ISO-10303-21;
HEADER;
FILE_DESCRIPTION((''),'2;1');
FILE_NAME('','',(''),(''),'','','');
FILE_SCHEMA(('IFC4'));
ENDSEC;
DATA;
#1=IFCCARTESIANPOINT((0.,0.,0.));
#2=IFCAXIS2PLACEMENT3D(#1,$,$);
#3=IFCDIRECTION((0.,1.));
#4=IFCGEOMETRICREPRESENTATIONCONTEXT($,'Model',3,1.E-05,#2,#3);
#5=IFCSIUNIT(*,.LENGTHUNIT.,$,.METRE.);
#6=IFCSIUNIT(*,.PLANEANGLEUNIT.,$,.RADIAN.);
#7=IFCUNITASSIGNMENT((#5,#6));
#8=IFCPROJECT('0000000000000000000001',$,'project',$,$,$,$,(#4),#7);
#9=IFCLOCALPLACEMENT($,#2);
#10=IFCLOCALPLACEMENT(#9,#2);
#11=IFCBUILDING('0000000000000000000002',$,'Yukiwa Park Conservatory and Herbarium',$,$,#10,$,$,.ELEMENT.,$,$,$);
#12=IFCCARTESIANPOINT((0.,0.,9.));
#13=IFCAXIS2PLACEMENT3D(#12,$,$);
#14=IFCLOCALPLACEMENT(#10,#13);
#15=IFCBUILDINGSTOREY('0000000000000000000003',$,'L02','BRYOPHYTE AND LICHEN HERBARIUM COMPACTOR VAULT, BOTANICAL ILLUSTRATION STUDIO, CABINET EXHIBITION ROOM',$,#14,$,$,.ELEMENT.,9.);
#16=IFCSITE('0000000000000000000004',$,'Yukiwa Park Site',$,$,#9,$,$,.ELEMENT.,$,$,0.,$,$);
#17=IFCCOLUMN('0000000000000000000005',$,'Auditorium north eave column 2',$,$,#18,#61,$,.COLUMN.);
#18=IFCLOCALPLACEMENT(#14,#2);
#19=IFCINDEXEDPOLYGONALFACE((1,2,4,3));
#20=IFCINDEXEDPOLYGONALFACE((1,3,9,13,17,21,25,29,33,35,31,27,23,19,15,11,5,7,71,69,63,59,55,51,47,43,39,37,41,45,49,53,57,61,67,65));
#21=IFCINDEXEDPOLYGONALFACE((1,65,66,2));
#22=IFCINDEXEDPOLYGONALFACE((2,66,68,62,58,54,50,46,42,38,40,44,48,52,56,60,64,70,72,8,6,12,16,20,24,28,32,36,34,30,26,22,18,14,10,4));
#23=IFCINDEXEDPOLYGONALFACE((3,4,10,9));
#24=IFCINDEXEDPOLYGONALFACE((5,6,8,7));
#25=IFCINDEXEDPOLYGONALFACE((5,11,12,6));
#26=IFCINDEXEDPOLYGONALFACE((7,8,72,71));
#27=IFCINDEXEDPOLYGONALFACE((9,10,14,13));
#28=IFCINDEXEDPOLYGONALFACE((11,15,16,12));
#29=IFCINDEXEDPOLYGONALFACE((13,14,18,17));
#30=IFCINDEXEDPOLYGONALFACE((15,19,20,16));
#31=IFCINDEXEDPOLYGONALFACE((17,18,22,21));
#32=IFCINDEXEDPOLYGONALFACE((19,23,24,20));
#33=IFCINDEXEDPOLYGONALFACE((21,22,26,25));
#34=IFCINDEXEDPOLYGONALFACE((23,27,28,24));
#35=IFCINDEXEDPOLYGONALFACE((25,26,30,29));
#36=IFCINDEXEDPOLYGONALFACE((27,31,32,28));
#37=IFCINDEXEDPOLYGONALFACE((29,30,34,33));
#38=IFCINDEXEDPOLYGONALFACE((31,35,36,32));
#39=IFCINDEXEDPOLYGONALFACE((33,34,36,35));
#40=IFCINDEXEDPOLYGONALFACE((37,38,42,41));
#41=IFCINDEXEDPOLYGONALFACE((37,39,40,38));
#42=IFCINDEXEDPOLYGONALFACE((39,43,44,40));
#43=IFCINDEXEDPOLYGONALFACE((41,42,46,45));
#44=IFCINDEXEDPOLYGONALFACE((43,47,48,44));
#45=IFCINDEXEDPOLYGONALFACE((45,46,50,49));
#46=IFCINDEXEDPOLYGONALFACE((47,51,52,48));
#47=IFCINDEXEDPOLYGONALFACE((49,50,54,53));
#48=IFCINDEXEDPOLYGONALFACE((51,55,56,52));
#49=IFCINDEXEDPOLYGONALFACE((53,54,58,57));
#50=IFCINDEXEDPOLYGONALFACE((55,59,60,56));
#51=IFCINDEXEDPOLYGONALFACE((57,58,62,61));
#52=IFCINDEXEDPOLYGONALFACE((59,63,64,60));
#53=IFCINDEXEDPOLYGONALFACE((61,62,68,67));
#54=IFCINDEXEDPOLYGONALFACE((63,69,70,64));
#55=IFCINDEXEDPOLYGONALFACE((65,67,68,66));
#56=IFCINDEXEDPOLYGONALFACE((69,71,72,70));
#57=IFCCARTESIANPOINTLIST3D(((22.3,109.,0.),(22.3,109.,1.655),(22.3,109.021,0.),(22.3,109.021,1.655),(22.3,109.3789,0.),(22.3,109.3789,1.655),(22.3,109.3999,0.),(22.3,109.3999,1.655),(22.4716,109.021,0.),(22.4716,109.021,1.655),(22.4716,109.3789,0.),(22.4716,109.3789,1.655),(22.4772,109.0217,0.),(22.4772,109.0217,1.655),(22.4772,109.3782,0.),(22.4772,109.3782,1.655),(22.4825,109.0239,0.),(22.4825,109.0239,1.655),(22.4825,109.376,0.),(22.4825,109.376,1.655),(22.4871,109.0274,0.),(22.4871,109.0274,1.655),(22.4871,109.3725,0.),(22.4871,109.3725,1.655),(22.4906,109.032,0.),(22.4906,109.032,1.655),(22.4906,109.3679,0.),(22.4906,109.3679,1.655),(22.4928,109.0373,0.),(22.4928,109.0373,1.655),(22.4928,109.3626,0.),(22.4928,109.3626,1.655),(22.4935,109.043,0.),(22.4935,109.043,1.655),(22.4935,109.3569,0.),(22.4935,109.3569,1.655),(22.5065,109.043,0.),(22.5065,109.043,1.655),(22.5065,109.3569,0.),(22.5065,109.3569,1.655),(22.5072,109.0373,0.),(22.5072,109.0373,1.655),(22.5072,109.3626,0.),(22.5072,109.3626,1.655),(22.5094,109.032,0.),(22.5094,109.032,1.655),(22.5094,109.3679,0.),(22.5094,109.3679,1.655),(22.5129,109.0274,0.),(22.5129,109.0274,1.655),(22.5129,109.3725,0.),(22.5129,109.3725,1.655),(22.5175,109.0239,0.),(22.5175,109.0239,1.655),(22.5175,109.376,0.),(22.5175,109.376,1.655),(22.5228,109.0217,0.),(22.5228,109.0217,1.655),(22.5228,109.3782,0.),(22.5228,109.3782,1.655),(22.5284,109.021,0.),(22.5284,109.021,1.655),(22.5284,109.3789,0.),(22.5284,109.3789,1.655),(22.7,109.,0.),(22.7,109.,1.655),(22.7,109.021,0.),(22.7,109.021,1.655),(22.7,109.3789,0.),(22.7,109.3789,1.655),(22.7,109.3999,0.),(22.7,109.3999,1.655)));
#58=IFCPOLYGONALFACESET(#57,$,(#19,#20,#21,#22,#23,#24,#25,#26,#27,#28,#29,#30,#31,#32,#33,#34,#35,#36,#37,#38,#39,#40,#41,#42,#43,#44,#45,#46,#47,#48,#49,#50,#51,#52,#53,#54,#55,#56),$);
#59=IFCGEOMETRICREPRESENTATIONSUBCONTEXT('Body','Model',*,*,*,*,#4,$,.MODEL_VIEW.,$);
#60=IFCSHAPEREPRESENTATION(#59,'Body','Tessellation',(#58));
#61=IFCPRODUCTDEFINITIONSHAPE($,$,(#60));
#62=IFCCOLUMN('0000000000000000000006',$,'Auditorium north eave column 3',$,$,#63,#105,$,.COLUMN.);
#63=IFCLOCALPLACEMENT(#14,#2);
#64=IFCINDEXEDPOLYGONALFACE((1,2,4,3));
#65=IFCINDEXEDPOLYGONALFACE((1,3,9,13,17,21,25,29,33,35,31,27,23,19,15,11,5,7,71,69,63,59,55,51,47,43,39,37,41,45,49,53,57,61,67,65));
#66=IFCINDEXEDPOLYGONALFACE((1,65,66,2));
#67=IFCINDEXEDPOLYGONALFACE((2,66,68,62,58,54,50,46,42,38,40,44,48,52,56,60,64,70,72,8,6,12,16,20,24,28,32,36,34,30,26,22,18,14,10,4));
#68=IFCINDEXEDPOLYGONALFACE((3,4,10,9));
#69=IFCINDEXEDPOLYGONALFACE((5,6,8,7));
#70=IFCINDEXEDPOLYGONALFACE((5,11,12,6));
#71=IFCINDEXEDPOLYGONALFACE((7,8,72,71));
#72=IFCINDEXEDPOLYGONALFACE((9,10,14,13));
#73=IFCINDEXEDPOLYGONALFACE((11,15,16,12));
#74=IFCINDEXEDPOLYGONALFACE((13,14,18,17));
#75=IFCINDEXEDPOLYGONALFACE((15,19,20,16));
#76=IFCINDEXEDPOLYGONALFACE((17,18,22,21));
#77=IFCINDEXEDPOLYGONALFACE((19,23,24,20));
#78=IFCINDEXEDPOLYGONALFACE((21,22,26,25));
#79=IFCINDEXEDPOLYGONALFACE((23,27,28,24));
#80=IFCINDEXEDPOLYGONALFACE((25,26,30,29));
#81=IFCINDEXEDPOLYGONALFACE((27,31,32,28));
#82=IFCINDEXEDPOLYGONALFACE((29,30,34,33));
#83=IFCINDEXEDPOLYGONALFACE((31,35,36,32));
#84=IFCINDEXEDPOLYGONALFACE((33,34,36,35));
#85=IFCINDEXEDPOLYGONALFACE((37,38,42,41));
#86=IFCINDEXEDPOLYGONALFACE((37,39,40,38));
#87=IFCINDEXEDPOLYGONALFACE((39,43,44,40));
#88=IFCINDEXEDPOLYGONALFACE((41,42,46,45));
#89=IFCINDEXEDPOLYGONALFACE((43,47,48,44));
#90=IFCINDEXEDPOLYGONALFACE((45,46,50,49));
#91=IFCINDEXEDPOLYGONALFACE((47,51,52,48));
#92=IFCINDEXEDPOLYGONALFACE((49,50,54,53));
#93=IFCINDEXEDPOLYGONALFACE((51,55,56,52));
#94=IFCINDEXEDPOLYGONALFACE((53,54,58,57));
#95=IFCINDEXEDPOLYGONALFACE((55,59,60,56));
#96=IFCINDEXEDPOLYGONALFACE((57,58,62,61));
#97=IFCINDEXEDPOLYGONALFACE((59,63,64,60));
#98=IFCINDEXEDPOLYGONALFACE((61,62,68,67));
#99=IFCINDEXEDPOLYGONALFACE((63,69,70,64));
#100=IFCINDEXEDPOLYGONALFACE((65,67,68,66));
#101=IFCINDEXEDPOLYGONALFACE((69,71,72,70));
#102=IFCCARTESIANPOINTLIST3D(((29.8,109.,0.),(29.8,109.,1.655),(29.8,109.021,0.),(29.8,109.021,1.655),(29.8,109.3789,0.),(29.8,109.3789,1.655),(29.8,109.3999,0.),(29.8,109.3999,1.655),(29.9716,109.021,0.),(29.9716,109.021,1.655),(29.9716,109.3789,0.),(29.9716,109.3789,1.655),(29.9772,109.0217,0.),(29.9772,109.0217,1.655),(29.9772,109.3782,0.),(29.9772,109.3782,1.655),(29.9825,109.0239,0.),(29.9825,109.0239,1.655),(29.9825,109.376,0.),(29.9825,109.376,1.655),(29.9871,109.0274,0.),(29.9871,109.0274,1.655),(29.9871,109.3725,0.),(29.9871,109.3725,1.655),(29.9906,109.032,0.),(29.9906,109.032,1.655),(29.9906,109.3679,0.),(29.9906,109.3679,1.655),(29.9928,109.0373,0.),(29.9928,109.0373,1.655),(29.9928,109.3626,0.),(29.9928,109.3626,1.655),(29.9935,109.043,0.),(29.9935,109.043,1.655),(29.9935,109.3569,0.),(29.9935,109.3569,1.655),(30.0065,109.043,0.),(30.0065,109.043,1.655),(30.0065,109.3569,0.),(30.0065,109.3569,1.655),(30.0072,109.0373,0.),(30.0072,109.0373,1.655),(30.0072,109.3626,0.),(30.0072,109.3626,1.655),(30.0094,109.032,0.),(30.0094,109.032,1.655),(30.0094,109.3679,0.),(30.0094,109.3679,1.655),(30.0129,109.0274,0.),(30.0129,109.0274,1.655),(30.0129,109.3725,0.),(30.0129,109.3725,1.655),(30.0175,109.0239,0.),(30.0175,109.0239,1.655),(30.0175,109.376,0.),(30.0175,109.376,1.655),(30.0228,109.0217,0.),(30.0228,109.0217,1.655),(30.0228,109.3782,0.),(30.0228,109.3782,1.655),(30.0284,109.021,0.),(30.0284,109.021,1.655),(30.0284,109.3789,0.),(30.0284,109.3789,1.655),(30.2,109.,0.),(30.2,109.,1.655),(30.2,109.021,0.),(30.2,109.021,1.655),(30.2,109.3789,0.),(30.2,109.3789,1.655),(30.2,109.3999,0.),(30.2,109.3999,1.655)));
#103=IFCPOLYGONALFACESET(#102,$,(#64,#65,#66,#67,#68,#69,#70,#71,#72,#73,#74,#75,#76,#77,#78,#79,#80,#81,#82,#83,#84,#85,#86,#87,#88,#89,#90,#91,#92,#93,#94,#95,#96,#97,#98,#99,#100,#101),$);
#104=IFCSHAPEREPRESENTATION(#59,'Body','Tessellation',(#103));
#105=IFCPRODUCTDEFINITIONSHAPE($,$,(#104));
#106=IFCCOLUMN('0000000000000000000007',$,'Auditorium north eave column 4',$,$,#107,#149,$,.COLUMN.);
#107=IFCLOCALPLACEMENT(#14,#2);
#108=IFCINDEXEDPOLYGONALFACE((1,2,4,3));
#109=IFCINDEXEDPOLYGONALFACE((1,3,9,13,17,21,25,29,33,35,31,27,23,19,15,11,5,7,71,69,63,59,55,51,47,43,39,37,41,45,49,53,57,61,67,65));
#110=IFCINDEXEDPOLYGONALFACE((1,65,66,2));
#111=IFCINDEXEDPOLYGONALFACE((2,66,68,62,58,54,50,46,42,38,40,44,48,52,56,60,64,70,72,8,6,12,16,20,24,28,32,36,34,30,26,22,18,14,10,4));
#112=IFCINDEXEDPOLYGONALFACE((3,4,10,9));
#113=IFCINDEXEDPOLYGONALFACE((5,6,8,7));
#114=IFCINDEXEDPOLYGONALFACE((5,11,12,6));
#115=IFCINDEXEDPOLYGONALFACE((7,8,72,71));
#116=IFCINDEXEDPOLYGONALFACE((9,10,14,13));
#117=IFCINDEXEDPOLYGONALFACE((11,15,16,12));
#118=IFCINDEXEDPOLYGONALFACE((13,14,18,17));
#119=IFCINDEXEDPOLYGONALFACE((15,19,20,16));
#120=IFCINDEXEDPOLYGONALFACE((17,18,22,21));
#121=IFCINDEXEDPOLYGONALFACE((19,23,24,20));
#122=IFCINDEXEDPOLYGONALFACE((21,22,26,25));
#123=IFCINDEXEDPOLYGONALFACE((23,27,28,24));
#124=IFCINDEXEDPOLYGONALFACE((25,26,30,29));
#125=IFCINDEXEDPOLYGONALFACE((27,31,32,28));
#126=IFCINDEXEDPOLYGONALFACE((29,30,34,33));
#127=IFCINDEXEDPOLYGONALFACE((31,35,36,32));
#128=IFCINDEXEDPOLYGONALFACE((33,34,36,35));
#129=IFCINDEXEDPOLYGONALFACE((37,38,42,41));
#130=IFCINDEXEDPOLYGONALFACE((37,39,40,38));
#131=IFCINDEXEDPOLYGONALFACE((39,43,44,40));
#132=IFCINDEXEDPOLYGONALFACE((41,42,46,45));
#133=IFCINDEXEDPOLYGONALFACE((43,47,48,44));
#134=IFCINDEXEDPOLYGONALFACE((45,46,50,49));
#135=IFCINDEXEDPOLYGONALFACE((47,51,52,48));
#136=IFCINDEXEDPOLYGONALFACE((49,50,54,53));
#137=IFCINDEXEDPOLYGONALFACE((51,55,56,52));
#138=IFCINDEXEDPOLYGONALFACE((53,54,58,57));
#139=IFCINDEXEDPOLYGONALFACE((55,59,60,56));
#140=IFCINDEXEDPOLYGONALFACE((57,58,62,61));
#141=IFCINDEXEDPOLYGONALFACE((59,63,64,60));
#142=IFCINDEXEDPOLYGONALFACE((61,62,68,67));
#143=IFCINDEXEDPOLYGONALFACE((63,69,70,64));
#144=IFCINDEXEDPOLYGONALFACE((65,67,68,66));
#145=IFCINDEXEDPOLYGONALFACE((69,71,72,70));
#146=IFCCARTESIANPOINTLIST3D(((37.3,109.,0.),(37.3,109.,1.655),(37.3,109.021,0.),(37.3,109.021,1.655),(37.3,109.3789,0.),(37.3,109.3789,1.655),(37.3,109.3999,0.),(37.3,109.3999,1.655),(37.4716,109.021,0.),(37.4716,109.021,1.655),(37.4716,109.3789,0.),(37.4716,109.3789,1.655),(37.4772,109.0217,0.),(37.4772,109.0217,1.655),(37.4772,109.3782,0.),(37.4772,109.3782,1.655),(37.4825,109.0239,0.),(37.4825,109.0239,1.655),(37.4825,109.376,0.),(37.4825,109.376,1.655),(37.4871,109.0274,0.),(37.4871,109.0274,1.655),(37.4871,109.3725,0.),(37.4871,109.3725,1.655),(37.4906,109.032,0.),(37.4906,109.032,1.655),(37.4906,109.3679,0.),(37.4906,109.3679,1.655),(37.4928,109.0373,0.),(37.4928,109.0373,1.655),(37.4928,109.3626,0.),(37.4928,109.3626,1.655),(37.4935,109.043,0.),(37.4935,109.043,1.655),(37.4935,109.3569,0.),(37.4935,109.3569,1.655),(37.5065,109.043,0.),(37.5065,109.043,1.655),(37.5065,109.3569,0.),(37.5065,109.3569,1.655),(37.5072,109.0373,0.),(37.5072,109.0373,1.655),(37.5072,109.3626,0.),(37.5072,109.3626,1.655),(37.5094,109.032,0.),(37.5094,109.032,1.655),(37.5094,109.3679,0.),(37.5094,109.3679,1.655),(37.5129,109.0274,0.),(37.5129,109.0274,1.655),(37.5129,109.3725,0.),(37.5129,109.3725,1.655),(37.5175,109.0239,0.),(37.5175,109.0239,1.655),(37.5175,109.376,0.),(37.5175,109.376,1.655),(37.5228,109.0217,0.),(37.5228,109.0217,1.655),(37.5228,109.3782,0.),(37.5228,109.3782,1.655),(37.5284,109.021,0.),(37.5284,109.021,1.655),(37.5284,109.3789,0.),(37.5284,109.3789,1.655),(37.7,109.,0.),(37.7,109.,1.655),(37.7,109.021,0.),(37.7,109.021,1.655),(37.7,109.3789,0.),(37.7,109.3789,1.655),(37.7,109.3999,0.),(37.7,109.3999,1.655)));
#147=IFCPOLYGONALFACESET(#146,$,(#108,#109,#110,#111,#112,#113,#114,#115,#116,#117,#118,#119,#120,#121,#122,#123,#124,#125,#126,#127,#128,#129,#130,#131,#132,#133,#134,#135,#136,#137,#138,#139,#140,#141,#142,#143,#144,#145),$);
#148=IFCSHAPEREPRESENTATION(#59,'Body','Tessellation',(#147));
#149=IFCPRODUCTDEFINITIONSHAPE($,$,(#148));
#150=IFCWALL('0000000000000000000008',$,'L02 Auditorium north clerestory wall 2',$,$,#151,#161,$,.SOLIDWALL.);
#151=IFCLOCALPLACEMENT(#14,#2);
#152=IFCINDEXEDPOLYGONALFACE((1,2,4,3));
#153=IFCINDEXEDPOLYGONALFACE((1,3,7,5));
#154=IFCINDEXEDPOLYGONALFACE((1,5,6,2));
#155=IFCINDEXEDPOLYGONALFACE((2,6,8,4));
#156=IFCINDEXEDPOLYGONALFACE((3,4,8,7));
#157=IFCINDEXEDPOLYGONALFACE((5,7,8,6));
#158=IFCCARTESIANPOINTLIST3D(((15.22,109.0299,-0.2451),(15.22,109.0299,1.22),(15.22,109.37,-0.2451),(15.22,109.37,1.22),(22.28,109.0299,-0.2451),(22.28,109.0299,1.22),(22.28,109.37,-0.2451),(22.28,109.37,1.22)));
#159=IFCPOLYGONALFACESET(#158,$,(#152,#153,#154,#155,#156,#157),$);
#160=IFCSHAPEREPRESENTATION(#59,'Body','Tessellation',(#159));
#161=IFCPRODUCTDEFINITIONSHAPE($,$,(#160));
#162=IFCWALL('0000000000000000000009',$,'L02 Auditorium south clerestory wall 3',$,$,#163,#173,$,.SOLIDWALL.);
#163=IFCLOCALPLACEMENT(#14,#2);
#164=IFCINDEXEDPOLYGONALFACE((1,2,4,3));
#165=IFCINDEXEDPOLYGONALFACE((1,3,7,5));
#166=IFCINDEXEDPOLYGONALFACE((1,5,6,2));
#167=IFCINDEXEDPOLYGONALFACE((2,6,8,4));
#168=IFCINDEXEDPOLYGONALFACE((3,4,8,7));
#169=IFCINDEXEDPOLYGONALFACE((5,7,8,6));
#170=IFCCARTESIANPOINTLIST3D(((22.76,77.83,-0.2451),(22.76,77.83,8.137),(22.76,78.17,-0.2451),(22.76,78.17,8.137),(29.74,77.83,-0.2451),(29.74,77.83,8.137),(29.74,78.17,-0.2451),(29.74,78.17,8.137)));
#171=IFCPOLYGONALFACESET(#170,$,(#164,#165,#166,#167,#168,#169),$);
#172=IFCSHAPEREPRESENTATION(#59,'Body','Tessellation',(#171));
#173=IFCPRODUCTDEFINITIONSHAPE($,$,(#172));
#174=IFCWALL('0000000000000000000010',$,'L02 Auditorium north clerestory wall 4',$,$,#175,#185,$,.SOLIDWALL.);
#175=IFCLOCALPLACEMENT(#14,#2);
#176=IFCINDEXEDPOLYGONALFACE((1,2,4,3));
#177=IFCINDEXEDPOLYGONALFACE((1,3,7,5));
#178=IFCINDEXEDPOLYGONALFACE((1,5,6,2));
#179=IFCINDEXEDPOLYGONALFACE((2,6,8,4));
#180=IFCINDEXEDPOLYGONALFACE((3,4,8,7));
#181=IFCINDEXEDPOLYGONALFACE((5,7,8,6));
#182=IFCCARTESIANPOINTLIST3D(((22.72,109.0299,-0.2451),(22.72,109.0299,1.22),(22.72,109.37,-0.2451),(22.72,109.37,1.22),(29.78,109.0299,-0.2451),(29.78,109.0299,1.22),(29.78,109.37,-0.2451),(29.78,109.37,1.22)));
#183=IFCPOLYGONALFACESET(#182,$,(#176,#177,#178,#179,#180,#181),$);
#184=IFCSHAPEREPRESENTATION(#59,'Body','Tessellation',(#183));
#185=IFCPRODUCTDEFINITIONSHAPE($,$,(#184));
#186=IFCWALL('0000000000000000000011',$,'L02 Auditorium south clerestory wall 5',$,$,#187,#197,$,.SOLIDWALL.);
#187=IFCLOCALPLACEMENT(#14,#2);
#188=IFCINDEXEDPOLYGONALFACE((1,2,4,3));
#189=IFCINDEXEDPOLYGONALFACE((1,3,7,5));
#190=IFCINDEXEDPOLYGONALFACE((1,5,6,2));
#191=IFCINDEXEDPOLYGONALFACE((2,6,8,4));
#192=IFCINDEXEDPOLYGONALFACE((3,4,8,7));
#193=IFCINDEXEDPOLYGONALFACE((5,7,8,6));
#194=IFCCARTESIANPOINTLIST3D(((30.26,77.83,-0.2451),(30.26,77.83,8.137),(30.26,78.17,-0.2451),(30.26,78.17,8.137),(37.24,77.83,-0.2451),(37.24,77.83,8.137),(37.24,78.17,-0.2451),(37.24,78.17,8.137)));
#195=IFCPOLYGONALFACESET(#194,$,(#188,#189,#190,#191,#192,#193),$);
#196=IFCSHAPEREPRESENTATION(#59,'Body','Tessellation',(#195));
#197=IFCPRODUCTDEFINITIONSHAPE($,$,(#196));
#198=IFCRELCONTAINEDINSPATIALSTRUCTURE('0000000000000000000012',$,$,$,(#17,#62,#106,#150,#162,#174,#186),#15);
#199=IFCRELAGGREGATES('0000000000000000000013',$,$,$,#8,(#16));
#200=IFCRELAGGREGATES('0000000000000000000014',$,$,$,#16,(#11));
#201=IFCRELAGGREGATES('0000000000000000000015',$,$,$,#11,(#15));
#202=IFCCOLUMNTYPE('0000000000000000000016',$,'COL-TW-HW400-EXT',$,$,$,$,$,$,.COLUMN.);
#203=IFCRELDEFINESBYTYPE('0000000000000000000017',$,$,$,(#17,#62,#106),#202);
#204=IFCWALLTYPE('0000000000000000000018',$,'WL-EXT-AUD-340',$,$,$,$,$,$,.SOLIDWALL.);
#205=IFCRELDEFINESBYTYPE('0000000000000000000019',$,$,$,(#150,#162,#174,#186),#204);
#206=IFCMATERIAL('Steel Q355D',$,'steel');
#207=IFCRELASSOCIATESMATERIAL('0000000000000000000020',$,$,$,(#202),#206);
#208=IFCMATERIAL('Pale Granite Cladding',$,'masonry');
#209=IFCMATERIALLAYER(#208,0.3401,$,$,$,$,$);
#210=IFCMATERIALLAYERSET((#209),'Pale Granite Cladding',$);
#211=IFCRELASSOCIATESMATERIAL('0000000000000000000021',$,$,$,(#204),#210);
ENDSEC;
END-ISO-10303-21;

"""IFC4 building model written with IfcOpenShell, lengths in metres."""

from ifc_helpers import new_model, si_unit, direction, frame, frame_2d, origin, origin_2d, place, context, subcontext, project, spatial, rectangle, i_section, extrude, material, layer, layer_set, material_profile, profile_set, type_object, element, save


model = new_model("IFC4")

# Units and contexts
model_context = context("Model", 3, precision=1e-05, world=origin(), true_north=direction((0.0, 1.0)))
body_context = subcontext(model_context, "Body", "Model", "MODEL_VIEW")
ifc_project = project(units=[si_unit("LENGTHUNIT", "METRE"), si_unit("PLANEANGLEUNIT", "RADIAN")], contexts=[model_context])

# Site, building, storey
site_placement = place(None, origin())
site = spatial("IfcSite", under=ifc_project, at=site_placement, Name="Yukiwa Park Site", CompositionType="ELEMENT", RefElevation=0.0)
building_placement = place(site_placement, origin())
building = spatial("IfcBuilding", under=site, at=building_placement, Name="Yukiwa Park Conservatory and Herbarium", CompositionType="ELEMENT")
storey_placement = place(building_placement, frame((0.0, 0.0, 9.0)))
storey = spatial("IfcBuildingStorey", under=building, at=storey_placement, Name="L02", Description="BRYOPHYTE AND LICHEN HERBARIUM COMPACTOR VAULT, BOTANICAL ILLUSTRATION STUDIO, CABINET EXHIBITION ROOM", CompositionType="ELEMENT", Elevation=9.0)

# Columns
ifc_material_1 = material(Name="Steel Q355D", Category="steel")
ifc_material_profile_1 = material_profile(ifc_material_1, i_section(OverallWidth=0.3999, OverallDepth=0.3999, WebThickness=0.0129, FlangeThickness=0.021, FilletRadius=0.022, at=origin_2d()), Name="HW 400x400x13x21")
ifc_profile_set_1 = profile_set([ifc_material_profile_1], Name="Steel Q355D")
column_type_1 = type_object("IfcColumnType", Name="COL-TW-HW400-EXT", PredefinedType="COLUMN", material=ifc_profile_set_1)
for number, where, z_axis, x_axis, name in (
    (1, (22.5, 109.2, 0.0), (0.0, 0.0, 1.0), (1.0, 0.0, 0.0), "Auditorium north eave column 2"),
    (2, (30.0, 109.2, 0.0), (0.0, 0.0, 1.0), (1.0, 0.0, 0.0), "Auditorium north eave column 3"),
    (3, (37.5, 109.2, 0.0), (0.0, 0.0, 1.0), (1.0, 0.0, 0.0), "Auditorium north eave column 4"),
):
    element("IfcColumn", number, at=place(storey_placement, frame(where, z_axis=z_axis, x_axis=x_axis)), inside=storey, type_object=column_type_1, Name=name, PredefinedType="COLUMN", context=body_context, shape_type="SweptSolid", body=[
        extrude(i_section(OverallWidth=0.3999, OverallDepth=0.3999, WebThickness=0.0129, FlangeThickness=0.021, FilletRadius=0.022, at=origin_2d()), origin(), (0.0, 0.0, 1.0), 1.655),
    ])

# Walls
ifc_material_2 = material(Name="Pale Granite Cladding", Category="masonry")
ifc_layer = layer(ifc_material_2, 0.3401)
ifc_layer_set = layer_set([ifc_layer], Name="Pale Granite Cladding")
wall_type = type_object("IfcWallType", Name="WL-EXT-AUD-340", PredefinedType="SOLIDWALL", material=ifc_layer_set)
wall_1_placement = place(storey_placement, frame((22.28, 109.2, -0.2451), z_axis=(0.0, 0.0, 1.0), x_axis=(-1.0, 0.0, 0.0)))
element("IfcWall", 4, at=wall_1_placement, inside=storey, type_object=wall_type, Name="L02 Auditorium north clerestory wall 2", PredefinedType="SOLIDWALL", context=body_context, shape_type="SweptSolid", body=[
    extrude(rectangle(XDim=7.0601, YDim=0.3401, at=frame_2d((3.53, 0.0))), origin(), (0.0, 0.0, 1.0), 1.4651),
])
wall_2_placement = place(storey_placement, frame((22.76, 78.0, -0.2451), z_axis=(0.0, 0.0, 1.0), x_axis=(1.0, 0.0, 0.0)))
element("IfcWall", 5, at=wall_2_placement, inside=storey, type_object=wall_type, Name="L02 Auditorium south clerestory wall 3", PredefinedType="SOLIDWALL", context=body_context, shape_type="SweptSolid", body=[
    extrude(rectangle(XDim=6.98, YDim=0.3401, at=frame_2d((3.49, 0.0))), origin(), (0.0, 0.0, 1.0), 8.3821),
])
wall_3_placement = place(storey_placement, frame((29.78, 109.2, -0.2451), z_axis=(0.0, 0.0, 1.0), x_axis=(-1.0, 0.0, 0.0)))
element("IfcWall", 6, at=wall_3_placement, inside=storey, type_object=wall_type, Name="L02 Auditorium north clerestory wall 4", PredefinedType="SOLIDWALL", context=body_context, shape_type="SweptSolid", body=[
    extrude(rectangle(XDim=7.0601, YDim=0.3401, at=frame_2d((3.53, 0.0))), origin(), (0.0, 0.0, 1.0), 1.4651),
])
wall_4_placement = place(storey_placement, frame((30.26, 78.0, -0.2451), z_axis=(0.0, 0.0, 1.0), x_axis=(1.0, 0.0, 0.0)))
element("IfcWall", 7, at=wall_4_placement, inside=storey, type_object=wall_type, Name="L02 Auditorium south clerestory wall 5", PredefinedType="SOLIDWALL", context=body_context, shape_type="SweptSolid", body=[
    extrude(rectangle(XDim=6.98, YDim=0.3401, at=frame_2d((3.49, 0.0))), origin(), (0.0, 0.0, 1.0), 8.3821),
])

save(model, "model.ifc")
